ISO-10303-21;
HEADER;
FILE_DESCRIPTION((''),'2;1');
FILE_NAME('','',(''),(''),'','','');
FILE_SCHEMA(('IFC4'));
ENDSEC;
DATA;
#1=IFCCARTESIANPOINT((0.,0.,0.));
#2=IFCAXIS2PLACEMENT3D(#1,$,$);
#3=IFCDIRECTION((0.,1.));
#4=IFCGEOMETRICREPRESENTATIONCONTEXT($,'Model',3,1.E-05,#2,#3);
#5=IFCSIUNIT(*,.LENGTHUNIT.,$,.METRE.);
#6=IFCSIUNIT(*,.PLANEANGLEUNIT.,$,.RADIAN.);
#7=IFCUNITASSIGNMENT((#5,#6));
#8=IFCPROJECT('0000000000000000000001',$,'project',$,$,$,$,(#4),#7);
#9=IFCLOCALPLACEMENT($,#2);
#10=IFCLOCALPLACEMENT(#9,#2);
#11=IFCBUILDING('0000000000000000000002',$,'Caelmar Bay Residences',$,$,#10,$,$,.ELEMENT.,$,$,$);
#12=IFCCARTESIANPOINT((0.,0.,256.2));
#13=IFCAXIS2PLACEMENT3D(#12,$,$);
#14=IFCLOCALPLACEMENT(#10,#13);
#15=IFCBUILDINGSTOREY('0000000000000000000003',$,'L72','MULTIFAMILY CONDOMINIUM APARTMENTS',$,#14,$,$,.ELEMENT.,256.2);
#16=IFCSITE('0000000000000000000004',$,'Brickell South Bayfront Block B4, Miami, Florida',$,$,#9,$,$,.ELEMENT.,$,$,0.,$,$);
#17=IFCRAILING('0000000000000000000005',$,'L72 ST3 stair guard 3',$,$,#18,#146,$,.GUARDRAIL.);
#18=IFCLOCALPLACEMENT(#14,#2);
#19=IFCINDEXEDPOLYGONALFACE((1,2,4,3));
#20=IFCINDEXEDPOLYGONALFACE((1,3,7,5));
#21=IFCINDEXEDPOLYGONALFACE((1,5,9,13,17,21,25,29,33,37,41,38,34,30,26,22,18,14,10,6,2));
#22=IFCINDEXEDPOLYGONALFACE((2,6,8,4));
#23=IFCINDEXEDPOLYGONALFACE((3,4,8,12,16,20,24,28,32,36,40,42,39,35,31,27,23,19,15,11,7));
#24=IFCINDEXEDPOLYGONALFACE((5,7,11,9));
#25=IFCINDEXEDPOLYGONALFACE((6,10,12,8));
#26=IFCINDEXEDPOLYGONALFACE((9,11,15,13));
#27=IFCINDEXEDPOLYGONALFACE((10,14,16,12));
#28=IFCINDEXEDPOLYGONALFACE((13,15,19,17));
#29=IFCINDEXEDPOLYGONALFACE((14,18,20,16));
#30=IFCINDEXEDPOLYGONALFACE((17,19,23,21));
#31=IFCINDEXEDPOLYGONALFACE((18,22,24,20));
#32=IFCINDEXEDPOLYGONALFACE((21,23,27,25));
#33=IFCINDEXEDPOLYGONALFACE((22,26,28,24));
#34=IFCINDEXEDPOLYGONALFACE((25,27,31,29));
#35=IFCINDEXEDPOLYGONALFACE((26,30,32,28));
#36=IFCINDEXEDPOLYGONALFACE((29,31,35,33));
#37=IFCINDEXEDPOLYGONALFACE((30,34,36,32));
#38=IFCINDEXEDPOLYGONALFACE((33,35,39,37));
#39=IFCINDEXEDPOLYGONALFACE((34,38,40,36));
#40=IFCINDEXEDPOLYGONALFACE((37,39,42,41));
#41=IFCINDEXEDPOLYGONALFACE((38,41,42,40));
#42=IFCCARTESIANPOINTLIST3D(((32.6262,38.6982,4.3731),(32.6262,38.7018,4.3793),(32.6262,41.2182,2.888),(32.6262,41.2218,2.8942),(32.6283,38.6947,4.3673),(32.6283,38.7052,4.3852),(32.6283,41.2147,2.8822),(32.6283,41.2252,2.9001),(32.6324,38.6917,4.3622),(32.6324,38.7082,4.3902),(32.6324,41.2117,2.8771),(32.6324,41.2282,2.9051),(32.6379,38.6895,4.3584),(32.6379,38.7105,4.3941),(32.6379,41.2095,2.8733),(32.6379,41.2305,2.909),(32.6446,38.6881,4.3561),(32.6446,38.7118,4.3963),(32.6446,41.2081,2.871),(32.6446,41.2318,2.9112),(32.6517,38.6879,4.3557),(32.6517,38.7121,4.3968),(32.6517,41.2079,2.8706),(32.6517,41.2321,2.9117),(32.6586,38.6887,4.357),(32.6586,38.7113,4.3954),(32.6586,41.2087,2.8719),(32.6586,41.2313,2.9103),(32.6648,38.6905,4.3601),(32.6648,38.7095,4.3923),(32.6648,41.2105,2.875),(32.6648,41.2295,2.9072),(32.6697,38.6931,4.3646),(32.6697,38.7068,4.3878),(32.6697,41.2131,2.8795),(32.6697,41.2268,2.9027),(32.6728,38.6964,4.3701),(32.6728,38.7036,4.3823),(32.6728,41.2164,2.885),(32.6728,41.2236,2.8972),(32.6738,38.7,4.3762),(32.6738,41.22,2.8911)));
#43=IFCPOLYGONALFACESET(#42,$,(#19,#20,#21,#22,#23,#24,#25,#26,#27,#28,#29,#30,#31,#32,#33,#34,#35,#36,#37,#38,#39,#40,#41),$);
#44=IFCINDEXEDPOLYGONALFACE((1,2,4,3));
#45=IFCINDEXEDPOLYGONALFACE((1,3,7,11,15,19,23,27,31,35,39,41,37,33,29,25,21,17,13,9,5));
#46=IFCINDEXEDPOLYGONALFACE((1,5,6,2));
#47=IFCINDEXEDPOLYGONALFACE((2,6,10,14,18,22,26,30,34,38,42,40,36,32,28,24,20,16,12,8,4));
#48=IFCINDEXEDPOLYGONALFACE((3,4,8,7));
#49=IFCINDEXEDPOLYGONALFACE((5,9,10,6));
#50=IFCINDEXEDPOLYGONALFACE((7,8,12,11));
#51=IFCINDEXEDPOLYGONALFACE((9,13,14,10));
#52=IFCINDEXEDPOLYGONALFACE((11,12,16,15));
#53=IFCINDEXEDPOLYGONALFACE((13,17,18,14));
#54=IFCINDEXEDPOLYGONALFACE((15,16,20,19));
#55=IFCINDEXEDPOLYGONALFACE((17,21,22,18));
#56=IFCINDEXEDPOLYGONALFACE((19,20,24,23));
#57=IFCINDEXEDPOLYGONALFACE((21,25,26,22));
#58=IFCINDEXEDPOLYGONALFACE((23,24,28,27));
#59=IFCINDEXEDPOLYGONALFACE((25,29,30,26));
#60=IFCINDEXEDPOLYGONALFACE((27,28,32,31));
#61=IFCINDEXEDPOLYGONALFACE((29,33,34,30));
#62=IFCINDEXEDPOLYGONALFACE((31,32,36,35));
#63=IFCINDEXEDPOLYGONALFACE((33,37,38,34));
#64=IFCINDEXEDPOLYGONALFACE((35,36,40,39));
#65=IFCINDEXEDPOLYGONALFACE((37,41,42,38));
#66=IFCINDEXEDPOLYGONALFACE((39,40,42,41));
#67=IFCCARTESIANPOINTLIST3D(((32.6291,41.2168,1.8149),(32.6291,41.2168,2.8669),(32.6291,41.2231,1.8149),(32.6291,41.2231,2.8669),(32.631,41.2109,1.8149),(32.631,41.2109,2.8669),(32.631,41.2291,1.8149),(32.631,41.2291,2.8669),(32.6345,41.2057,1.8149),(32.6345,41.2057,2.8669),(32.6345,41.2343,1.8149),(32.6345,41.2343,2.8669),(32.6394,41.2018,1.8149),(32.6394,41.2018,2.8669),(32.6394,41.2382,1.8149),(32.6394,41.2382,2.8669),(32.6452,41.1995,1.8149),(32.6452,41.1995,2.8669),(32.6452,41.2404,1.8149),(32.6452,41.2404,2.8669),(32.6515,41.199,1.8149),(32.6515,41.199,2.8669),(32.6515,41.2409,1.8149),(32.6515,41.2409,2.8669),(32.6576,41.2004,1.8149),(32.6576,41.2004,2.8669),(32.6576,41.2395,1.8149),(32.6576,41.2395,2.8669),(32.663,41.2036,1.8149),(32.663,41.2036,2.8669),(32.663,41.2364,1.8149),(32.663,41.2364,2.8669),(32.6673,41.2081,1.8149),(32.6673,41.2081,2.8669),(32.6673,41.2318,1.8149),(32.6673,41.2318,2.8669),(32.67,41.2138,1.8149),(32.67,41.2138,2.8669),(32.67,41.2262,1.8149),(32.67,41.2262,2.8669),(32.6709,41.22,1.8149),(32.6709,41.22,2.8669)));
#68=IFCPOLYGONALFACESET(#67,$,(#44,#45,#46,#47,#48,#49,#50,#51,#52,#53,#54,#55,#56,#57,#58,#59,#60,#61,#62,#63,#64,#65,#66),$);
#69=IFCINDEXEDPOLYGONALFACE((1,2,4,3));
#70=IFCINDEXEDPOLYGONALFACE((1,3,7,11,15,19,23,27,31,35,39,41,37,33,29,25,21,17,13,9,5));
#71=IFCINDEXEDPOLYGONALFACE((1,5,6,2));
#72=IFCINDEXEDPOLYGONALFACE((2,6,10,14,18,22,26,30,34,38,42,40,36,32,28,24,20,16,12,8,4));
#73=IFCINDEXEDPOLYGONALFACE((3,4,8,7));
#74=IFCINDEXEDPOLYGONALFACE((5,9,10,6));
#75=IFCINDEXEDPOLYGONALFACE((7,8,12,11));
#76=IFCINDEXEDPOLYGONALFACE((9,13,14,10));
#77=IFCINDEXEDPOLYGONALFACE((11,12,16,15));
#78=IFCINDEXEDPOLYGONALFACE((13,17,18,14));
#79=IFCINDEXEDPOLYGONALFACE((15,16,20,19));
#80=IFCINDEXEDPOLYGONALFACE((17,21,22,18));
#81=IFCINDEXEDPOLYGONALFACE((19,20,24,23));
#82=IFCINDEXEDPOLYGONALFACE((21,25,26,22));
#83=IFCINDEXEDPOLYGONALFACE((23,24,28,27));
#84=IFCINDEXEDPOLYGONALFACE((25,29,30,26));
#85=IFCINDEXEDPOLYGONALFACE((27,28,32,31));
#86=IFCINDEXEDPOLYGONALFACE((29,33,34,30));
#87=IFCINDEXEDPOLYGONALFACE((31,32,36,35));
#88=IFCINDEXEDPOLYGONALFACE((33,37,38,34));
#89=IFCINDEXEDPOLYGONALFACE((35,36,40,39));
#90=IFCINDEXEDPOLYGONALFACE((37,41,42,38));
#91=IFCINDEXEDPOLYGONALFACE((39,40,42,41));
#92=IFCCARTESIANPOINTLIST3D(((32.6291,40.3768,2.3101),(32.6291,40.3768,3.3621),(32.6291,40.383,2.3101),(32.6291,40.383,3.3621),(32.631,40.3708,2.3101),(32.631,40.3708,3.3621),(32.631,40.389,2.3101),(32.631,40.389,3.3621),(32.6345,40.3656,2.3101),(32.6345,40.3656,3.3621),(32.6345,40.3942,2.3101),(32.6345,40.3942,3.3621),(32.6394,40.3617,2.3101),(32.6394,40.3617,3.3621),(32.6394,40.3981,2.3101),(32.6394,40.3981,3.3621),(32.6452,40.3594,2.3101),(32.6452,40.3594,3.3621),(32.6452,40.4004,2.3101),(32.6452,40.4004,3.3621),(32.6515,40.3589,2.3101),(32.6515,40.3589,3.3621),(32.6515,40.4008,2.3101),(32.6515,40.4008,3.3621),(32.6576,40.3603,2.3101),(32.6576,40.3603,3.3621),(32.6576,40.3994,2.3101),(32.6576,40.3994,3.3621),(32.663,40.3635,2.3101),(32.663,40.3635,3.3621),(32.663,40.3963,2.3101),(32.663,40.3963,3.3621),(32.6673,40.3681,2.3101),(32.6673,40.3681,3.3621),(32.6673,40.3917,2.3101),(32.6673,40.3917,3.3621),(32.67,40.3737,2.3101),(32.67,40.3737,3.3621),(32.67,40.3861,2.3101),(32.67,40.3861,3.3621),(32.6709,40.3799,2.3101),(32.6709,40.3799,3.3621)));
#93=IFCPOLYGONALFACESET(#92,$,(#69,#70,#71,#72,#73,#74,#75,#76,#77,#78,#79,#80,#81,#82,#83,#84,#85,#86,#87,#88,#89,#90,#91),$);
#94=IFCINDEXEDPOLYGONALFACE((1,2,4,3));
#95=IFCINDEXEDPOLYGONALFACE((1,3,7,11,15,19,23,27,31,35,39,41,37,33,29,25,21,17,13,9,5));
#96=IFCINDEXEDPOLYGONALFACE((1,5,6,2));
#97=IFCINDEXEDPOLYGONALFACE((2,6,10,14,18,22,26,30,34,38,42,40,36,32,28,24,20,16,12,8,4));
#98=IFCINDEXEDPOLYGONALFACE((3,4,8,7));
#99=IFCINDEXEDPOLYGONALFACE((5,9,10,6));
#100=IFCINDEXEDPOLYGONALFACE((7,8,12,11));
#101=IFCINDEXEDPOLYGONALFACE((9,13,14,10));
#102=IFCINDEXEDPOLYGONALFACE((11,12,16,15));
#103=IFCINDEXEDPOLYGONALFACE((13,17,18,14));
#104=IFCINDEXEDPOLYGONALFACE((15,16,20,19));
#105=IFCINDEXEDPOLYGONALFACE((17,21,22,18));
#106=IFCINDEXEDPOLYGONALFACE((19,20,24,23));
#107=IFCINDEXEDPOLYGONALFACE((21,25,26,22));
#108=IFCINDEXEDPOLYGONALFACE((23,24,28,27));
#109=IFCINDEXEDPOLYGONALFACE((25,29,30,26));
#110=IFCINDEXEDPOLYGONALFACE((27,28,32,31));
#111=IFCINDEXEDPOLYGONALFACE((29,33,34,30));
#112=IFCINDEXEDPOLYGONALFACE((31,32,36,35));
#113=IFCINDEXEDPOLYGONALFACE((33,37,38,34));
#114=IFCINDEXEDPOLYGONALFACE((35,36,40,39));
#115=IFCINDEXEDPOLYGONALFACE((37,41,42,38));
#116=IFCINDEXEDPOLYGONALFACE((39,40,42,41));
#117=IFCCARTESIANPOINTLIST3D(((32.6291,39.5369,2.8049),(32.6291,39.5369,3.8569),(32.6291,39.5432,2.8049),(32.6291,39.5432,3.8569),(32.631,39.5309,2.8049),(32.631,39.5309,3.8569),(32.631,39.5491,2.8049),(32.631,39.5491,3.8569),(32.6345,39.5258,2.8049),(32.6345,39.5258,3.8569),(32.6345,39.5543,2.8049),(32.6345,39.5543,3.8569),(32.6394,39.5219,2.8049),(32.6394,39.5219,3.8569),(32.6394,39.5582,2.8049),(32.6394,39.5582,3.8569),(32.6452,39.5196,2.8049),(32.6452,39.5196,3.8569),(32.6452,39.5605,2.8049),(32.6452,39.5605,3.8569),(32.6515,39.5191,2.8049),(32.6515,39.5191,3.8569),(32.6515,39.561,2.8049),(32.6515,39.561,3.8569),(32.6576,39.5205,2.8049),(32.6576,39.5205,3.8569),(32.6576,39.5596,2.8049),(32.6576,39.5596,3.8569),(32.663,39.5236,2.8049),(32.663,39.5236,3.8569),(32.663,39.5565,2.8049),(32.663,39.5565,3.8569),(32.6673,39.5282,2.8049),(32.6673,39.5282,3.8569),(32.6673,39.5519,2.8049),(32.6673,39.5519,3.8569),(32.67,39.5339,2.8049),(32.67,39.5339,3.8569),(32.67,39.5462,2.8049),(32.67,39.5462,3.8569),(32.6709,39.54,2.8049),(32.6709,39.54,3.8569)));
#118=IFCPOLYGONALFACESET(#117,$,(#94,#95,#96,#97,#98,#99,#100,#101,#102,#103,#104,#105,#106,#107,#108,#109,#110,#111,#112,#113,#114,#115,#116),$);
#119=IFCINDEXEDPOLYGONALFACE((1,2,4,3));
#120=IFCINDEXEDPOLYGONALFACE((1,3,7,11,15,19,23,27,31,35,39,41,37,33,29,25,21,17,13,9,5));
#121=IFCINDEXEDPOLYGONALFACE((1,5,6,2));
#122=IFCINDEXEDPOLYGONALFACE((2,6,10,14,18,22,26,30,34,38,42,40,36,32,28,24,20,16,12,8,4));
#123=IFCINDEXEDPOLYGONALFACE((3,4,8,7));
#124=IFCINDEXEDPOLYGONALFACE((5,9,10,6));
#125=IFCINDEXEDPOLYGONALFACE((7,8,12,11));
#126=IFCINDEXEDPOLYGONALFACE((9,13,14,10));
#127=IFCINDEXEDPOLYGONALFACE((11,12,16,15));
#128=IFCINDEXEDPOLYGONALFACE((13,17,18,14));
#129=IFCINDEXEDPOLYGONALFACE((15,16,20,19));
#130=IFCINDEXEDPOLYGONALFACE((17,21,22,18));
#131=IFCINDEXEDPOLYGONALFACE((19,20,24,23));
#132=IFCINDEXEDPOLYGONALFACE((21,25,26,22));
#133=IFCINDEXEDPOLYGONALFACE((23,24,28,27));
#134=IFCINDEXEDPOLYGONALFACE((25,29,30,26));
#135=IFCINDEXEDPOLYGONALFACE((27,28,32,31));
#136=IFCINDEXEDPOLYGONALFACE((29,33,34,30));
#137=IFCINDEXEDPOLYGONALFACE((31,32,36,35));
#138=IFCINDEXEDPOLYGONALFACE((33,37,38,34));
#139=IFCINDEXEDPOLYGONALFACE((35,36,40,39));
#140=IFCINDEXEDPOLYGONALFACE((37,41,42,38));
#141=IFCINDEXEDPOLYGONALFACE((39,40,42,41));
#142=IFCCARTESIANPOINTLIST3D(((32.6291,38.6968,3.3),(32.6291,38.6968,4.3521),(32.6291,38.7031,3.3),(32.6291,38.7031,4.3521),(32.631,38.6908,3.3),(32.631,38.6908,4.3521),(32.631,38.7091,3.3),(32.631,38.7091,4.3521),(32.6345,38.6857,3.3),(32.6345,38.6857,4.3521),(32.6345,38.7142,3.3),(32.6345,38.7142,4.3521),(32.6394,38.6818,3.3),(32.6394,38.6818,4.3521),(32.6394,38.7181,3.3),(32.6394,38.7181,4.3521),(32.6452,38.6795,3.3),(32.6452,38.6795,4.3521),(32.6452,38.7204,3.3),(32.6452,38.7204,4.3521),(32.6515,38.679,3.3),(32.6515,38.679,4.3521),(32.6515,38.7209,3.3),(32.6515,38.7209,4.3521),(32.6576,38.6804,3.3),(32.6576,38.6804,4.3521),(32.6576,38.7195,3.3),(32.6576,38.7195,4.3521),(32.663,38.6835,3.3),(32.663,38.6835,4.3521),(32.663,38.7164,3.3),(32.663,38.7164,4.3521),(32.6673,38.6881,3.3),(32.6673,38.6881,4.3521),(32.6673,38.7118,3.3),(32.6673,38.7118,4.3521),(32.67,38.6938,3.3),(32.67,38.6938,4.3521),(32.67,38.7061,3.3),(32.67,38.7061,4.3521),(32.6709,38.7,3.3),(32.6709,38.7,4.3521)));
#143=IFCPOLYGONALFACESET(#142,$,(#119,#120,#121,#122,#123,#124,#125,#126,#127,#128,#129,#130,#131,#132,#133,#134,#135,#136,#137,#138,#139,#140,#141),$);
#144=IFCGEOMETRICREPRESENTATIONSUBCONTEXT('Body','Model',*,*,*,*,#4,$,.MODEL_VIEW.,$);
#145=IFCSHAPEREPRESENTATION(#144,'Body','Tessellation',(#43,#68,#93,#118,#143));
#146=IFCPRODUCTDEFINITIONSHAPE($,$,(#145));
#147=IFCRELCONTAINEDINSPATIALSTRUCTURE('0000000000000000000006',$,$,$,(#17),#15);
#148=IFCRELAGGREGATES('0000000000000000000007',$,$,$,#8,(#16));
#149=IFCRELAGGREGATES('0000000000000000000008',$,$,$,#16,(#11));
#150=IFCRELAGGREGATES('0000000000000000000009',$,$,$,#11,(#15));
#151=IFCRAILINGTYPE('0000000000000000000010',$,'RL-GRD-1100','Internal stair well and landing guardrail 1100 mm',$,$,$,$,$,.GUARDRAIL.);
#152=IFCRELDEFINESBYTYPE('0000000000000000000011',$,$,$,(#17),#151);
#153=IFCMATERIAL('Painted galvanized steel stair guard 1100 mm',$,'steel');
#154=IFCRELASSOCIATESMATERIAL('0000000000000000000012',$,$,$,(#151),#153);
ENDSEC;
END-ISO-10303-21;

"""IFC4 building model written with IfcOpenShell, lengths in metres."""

from ifc_helpers import new_model, si_unit, direction, frame, origin, origin_2d, place, context, subcontext, project, spatial, circle, extrude, material, type_object, element, save


model = new_model("IFC4")

# Units and contexts
model_context = context("Model", 3, precision=1e-05, world=origin(), true_north=direction((0.0, 1.0)))
body_context = subcontext(model_context, "Body", "Model", "MODEL_VIEW")
ifc_project = project(units=[si_unit("LENGTHUNIT", "METRE"), si_unit("PLANEANGLEUNIT", "RADIAN")], contexts=[model_context])

# Site, building, storey
site_placement = place(None, origin())
site = spatial("IfcSite", under=ifc_project, at=site_placement, Name="Brickell South Bayfront Block B4, Miami, Florida", CompositionType="ELEMENT", RefElevation=0.0)
building_placement = place(site_placement, origin())
building = spatial("IfcBuilding", under=site, at=building_placement, Name="Caelmar Bay Residences", CompositionType="ELEMENT")
storey_placement = place(building_placement, frame((0.0, 0.0, 256.2)))
storey = spatial("IfcBuildingStorey", under=building, at=storey_placement, Name="L72", Description="MULTIFAMILY CONDOMINIUM APARTMENTS", CompositionType="ELEMENT", Elevation=256.2)

# Railing
ifc_material_1 = material(Name="Painted galvanized steel stair guard 1100 mm", Category="steel")
railing_type_1 = type_object("IfcRailingType", Name="RL-GRD-1100", Description="Internal stair well and landing guardrail 1100 mm", PredefinedType="GUARDRAIL", material=ifc_material_1)
railing_1_placement = place(storey_placement, frame((32.6499, 41.22, 1.8149)))
element("IfcRailing", 1, at=railing_1_placement, inside=storey, type_object=railing_type_1, Name="L72 ST3 stair guard 3", PredefinedType="GUARDRAIL", context=body_context, shape_type="SweptSolid", body=[
    extrude(circle(Radius=0.0239, at=origin_2d()), frame((0.0, 0.0, 1.0762), z_axis=(0.0, -0.861524, 0.507717), x_axis=(1.0, 0.0, 0.0)), (0.0, 0.0, 1.0), 2.925),
    extrude(circle(Radius=0.021, at=origin_2d()), origin(), (0.0, 0.0, 1.0), 1.052),
    extrude(circle(Radius=0.021, at=origin_2d()), frame((0.0, -0.8401, 0.4951)), (0.0, 0.0, 1.0), 1.052),
    extrude(circle(Radius=0.021, at=origin_2d()), frame((0.0, -1.6799, 0.99)), (0.0, 0.0, 1.0), 1.052),
    extrude(circle(Radius=0.021, at=origin_2d()), frame((0.0, -2.52, 1.4851)), (0.0, 0.0, 1.0), 1.052),
])

save(model, "model.ifc")
